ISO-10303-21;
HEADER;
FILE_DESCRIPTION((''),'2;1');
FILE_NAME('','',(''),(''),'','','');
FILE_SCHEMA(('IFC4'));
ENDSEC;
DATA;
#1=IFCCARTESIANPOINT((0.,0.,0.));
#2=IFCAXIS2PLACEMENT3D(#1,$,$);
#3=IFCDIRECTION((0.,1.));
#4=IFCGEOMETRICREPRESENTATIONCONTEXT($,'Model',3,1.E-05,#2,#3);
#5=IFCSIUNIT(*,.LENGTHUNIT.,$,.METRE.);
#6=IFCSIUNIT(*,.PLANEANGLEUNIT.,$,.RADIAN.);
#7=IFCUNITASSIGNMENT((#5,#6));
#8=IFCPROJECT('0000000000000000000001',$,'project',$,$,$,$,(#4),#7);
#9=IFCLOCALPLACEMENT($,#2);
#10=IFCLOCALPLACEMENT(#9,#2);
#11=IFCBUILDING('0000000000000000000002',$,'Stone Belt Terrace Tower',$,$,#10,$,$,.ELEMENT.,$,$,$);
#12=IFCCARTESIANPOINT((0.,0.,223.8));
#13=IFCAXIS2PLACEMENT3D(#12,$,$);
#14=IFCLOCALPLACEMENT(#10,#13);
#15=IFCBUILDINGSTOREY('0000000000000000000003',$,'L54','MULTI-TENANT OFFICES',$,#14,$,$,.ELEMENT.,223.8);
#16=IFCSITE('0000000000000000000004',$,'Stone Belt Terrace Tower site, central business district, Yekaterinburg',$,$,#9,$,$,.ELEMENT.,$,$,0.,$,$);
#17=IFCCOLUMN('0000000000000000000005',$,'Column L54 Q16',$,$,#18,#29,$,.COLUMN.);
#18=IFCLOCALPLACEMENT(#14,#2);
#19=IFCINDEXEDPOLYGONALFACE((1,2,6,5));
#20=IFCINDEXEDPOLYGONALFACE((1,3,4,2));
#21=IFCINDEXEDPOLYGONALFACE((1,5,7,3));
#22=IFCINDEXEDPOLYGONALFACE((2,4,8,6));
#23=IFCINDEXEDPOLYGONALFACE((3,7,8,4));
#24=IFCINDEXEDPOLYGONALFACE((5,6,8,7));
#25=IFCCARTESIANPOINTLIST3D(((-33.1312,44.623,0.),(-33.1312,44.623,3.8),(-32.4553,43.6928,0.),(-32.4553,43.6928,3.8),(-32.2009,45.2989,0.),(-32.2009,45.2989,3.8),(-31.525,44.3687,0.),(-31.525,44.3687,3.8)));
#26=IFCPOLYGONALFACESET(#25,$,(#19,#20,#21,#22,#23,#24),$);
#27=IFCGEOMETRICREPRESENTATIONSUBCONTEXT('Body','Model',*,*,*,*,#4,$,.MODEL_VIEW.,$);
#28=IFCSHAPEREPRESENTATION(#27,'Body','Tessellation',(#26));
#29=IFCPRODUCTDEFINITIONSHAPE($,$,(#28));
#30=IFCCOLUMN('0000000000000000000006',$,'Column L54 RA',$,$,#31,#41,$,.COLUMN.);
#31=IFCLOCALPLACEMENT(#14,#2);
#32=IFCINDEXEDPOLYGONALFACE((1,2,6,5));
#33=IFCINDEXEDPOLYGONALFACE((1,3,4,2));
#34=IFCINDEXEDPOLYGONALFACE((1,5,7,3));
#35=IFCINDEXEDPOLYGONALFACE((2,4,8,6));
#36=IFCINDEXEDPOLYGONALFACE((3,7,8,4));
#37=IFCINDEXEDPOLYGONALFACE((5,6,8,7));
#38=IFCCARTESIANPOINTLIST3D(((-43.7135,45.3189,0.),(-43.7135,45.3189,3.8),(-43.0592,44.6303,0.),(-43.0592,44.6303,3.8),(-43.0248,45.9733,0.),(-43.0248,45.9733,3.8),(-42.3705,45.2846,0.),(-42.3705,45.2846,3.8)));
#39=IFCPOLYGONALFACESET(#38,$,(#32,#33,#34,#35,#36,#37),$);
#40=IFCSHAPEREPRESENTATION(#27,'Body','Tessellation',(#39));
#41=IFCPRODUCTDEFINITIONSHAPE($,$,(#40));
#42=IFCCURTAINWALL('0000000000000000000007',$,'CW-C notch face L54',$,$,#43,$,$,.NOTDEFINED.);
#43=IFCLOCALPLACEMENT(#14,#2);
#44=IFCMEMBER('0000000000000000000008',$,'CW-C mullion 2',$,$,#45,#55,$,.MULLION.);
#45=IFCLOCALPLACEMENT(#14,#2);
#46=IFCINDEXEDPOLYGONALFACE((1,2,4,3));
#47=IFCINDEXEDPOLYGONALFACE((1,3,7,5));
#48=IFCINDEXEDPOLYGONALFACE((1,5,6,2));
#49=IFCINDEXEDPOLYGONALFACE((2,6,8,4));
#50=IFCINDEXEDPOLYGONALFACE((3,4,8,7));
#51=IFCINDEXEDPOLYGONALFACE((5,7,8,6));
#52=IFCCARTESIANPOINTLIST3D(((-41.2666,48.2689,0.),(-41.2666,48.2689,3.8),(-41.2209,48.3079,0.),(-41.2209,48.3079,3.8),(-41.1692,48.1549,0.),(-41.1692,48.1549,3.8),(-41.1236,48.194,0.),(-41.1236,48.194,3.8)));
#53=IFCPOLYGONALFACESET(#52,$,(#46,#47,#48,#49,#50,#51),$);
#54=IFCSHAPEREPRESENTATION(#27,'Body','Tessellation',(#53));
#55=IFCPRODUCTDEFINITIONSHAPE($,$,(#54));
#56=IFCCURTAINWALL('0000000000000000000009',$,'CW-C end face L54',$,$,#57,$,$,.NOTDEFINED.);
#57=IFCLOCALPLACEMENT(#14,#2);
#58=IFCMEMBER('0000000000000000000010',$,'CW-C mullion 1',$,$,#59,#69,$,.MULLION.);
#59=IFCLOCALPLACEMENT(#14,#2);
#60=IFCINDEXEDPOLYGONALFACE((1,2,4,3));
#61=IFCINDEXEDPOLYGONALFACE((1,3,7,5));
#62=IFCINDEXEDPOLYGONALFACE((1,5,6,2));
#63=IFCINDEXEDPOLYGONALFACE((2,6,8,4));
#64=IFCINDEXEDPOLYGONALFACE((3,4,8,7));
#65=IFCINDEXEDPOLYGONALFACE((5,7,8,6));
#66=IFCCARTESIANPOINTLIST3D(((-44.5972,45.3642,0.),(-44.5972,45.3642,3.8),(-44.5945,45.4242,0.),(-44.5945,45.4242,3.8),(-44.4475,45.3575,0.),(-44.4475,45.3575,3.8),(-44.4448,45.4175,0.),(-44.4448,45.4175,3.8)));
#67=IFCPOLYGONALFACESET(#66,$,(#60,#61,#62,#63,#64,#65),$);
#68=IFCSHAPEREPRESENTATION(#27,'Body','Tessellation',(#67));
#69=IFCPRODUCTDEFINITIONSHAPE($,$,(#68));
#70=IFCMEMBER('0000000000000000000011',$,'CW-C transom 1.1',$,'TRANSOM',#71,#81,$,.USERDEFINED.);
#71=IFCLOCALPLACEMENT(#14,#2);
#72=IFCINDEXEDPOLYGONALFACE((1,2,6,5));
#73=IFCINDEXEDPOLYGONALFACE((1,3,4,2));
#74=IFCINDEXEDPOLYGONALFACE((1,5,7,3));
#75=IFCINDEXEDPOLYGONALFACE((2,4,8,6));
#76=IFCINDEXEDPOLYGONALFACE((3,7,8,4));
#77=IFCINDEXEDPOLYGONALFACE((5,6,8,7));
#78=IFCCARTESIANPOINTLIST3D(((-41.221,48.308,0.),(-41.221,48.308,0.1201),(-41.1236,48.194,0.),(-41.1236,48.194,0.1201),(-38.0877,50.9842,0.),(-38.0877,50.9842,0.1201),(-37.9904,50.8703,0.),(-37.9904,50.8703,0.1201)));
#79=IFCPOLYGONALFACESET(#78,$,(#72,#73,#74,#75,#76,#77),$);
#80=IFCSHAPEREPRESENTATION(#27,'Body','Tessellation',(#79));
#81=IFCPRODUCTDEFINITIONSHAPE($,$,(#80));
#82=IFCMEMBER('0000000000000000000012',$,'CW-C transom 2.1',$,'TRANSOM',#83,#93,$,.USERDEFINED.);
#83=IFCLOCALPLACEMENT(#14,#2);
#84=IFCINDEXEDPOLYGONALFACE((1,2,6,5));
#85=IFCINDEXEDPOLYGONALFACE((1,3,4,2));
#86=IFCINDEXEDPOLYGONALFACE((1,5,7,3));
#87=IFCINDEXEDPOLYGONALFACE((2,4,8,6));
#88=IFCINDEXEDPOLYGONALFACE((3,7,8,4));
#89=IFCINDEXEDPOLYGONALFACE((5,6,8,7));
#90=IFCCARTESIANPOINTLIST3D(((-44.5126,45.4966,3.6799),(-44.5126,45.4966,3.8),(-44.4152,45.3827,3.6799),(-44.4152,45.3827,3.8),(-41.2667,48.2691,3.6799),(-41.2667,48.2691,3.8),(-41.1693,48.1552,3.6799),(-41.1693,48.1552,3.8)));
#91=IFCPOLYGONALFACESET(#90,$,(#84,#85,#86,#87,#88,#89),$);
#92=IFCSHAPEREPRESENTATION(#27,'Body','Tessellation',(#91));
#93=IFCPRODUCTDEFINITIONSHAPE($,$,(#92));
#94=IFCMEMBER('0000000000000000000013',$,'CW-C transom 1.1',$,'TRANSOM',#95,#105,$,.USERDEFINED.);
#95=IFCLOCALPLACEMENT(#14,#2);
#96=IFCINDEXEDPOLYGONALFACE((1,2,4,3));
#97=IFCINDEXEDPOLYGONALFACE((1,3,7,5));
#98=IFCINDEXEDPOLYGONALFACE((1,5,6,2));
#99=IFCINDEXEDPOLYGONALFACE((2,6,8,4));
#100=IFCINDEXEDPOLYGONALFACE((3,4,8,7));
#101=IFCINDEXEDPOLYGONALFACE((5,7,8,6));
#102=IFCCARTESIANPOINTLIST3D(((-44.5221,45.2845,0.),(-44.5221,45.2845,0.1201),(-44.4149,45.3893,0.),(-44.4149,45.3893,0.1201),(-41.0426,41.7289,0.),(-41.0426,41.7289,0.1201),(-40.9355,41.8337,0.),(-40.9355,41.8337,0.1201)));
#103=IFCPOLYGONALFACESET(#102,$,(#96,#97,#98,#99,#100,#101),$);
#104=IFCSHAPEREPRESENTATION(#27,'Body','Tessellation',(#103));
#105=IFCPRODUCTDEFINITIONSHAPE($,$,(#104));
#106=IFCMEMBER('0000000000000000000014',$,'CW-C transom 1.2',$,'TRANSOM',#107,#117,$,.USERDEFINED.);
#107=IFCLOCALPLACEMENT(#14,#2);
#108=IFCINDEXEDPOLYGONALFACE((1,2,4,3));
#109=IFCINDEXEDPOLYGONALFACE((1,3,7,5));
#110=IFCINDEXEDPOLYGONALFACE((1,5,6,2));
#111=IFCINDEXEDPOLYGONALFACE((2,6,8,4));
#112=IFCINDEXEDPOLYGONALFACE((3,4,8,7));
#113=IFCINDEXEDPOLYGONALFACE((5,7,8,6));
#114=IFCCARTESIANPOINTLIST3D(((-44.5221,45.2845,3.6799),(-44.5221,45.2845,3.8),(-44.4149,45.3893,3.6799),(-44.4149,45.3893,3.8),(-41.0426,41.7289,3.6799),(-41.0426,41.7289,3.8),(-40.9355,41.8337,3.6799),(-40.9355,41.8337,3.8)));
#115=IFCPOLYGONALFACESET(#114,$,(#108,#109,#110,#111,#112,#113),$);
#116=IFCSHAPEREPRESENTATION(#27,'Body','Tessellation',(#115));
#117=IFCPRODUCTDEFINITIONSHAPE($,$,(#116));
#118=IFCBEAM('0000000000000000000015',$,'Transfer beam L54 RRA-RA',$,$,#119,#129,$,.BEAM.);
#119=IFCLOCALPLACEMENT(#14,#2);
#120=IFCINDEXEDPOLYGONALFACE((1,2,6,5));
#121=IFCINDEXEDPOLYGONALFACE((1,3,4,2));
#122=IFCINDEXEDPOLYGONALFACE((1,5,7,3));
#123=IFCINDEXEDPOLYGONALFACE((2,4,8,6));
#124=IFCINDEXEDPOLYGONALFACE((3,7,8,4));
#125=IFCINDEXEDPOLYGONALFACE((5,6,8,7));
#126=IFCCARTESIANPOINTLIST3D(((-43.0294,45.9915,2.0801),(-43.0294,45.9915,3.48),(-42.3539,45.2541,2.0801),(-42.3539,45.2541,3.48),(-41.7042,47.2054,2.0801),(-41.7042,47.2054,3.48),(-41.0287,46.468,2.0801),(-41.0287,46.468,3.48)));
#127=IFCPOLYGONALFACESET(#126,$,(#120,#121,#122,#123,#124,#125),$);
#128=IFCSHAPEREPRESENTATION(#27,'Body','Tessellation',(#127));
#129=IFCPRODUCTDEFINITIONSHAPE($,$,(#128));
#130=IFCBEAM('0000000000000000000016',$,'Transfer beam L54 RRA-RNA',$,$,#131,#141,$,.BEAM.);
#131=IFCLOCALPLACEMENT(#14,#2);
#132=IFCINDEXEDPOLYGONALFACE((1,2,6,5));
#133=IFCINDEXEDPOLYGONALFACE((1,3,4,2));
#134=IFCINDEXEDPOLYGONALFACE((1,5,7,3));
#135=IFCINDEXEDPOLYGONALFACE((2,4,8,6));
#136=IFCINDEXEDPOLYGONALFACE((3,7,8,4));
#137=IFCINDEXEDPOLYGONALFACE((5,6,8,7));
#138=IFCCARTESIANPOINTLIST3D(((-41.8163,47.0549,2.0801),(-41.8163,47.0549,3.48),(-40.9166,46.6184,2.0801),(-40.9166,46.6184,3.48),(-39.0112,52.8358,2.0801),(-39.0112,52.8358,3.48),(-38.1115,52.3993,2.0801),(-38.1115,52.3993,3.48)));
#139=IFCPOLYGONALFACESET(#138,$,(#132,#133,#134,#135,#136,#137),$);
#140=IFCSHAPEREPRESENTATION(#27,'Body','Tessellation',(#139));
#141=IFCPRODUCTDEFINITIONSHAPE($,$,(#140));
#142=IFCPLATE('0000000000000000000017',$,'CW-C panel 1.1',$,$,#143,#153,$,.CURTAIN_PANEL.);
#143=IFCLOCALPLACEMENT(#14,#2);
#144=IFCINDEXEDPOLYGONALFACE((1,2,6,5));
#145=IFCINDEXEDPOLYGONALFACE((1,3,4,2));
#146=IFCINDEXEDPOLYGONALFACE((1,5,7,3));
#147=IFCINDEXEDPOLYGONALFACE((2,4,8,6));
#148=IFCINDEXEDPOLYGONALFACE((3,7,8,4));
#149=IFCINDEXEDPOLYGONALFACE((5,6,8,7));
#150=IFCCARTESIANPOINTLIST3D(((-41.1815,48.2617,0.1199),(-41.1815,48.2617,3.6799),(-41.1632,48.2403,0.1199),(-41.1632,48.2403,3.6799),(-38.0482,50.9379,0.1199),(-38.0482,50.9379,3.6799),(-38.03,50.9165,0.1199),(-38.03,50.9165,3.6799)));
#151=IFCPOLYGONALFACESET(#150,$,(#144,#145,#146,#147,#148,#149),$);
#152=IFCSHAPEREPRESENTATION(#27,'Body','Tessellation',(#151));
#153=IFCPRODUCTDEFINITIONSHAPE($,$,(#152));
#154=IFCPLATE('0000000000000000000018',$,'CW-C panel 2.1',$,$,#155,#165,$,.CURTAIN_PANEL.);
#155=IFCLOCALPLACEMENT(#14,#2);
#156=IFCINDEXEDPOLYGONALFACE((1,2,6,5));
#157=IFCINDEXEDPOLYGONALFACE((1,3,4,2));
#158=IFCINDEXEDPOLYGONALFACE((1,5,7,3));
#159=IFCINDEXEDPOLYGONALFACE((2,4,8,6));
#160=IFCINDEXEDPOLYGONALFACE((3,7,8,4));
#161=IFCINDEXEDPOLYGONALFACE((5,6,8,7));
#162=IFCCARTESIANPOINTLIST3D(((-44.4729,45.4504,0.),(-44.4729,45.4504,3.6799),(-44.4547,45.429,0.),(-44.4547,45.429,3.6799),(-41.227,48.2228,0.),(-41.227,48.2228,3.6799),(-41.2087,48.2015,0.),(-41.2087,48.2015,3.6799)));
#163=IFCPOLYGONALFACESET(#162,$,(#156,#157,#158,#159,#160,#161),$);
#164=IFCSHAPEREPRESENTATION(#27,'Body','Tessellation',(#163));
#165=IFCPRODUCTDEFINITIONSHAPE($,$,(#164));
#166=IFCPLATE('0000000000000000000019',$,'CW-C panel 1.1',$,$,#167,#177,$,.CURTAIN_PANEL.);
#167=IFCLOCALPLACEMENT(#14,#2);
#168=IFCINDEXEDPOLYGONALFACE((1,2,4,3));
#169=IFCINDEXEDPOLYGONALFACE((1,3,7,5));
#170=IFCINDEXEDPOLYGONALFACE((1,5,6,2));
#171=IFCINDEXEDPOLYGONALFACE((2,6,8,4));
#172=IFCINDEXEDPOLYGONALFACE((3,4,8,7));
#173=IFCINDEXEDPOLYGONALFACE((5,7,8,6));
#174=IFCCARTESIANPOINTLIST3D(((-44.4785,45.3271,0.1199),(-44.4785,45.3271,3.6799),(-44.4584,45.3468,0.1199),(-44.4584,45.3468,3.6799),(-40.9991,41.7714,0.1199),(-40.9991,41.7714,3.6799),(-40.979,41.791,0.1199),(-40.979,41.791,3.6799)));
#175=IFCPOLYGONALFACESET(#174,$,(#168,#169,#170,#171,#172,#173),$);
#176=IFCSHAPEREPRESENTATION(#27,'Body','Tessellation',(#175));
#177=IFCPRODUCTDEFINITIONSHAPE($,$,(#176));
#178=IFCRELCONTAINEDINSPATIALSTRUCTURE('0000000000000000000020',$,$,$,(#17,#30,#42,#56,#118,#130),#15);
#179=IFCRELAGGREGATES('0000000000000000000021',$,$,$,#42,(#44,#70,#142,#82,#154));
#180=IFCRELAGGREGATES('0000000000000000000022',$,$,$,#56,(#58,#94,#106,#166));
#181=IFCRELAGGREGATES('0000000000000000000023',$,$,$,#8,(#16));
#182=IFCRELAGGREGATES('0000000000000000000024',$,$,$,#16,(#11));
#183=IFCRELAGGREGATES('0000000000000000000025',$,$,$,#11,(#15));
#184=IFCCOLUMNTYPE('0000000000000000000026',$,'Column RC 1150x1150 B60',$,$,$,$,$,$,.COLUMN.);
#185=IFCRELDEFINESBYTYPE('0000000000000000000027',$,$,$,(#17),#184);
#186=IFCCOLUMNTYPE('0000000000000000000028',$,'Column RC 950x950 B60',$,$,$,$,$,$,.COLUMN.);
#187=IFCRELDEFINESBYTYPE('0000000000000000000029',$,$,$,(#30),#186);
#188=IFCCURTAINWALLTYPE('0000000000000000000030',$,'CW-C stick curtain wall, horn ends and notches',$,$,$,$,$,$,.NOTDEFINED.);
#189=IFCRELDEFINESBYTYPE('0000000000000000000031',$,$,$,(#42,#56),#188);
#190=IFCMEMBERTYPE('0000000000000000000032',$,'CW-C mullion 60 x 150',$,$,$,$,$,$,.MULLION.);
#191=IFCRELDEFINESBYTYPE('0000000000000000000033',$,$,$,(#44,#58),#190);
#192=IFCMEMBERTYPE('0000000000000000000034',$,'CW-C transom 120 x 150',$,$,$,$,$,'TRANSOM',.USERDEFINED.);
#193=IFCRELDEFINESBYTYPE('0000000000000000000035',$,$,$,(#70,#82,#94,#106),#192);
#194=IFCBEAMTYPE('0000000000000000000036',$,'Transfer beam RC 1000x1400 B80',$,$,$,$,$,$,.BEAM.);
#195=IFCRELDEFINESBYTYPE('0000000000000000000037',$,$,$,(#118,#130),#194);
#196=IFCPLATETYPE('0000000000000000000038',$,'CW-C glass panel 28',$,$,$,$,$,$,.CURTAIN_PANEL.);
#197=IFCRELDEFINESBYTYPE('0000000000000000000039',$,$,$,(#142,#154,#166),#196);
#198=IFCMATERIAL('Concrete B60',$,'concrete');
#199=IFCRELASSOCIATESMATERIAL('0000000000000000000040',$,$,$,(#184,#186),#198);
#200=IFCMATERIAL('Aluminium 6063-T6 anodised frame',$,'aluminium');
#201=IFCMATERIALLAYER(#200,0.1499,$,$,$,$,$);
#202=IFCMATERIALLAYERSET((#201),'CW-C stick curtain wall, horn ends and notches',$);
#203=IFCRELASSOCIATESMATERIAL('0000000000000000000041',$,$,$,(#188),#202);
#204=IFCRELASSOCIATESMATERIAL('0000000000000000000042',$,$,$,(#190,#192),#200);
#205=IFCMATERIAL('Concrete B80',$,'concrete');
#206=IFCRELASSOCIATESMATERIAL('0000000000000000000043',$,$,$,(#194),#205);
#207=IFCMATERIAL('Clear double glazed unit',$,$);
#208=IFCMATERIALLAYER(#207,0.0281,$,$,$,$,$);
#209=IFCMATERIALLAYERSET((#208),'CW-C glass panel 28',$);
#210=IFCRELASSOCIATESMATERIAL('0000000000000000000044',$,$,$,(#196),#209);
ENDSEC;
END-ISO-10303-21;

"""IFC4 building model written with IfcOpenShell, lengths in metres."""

from ifc_helpers import new_model, si_unit, direction, frame, origin, origin_2d, place, context, subcontext, project, spatial, rectangle, extrude, material, layer, layer_set, material_profile, profile_set, type_object, element, aggregate, save


model = new_model("IFC4")

# Units and contexts
model_context = context("Model", 3, precision=1e-05, world=origin(), true_north=direction((0.0, 1.0)))
body_context = subcontext(model_context, "Body", "Model", "MODEL_VIEW")
ifc_project = project(units=[si_unit("LENGTHUNIT", "METRE"), si_unit("PLANEANGLEUNIT", "RADIAN")], contexts=[model_context])

# Site, building, storey
site_placement = place(None, origin())
site = spatial("IfcSite", under=ifc_project, at=site_placement, Name="Stone Belt Terrace Tower site, central business district, Yekaterinburg", CompositionType="ELEMENT", RefElevation=0.0)
building_placement = place(site_placement, origin())
building = spatial("IfcBuilding", under=site, at=building_placement, Name="Stone Belt Terrace Tower", CompositionType="ELEMENT")
storey_placement = place(building_placement, frame((0.0, 0.0, 223.8)))
storey = spatial("IfcBuildingStorey", under=building, at=storey_placement, Name="L54", Description="MULTI-TENANT OFFICES", CompositionType="ELEMENT", Elevation=223.8)

# Columns
ifc_material_1 = material(Name="Concrete B60", Category="concrete")
ifc_material_profile_1 = material_profile(ifc_material_1, rectangle(XDim=1.1499, YDim=1.1499, at=origin_2d()), Name="RC 1150x1150")
ifc_profile_set_1 = profile_set([ifc_material_profile_1], Name="Concrete B60")
column_type_1 = type_object("IfcColumnType", Name="Column RC 1150x1150 B60", PredefinedType="COLUMN", material=ifc_profile_set_1)
column_1_placement = place(storey_placement, frame((-32.3281, 44.4958, 0.0), z_axis=(0.0, 0.0, 1.0), x_axis=(0.809017, 0.587785, 0.0)))
element("IfcColumn", 1, at=column_1_placement, inside=storey, type_object=column_type_1, Name="Column L54 Q16", PredefinedType="COLUMN", context=body_context, shape_type="SweptSolid", body=[
    extrude(rectangle(XDim=1.1499, YDim=1.1499, at=origin_2d()), origin(), (0.0, 0.0, 1.0), 3.8),
])
ifc_material_profile_2 = material_profile(ifc_material_1, rectangle(XDim=0.95, YDim=0.95, at=origin_2d()), Name="RC 950x950")
ifc_profile_set_2 = profile_set([ifc_material_profile_2], Name="Concrete B60")
column_type_2 = type_object("IfcColumnType", Name="Column RC 950x950 B60", PredefinedType="COLUMN", material=ifc_profile_set_2)
column_2_placement = place(storey_placement, frame((-43.042, 45.3018, 0.0), z_axis=(0.0, 0.0, 1.0), x_axis=(0.724959, 0.688792, 0.0)))
element("IfcColumn", 2, at=column_2_placement, inside=storey, type_object=column_type_2, Name="Column L54 RA", PredefinedType="COLUMN", context=body_context, shape_type="SweptSolid", body=[
    extrude(rectangle(XDim=0.95, YDim=0.95, at=origin_2d()), origin(), (0.0, 0.0, 1.0), 3.8),
])

# Curtain walls, members
ifc_material_2 = material(Name="Aluminium 6063-T6 anodised frame", Category="aluminium")
ifc_layer_1 = layer(ifc_material_2, 0.1499)
ifc_layer_set_1 = layer_set([ifc_layer_1], Name="CW-C stick curtain wall, horn ends and notches")
curtain_wall_type = type_object("IfcCurtainWallType", Name="CW-C stick curtain wall, horn ends and notches", PredefinedType="NOTDEFINED", material=ifc_layer_set_1)
curtain_wall_1_placement = place(storey_placement, origin())
curtain_wall_1 = element("IfcCurtainWall", 3, at=curtain_wall_1_placement, inside=storey, type_object=curtain_wall_type, Name="CW-C notch face L54", PredefinedType="NOTDEFINED")
ifc_material_profile_3 = material_profile(ifc_material_2, rectangle(XDim=0.1499, YDim=0.0601, at=origin_2d()), Name="Aluminium 6063-T6 60x150")
ifc_profile_set_3 = profile_set([ifc_material_profile_3], Name="Aluminium 6063-T6 anodised frame")
member_type_1 = type_object("IfcMemberType", Name="CW-C mullion 60 x 150", PredefinedType="MULLION", material=ifc_profile_set_3)
member_1_placement = place(storey_placement, frame((-41.1951, 48.2314, 0.0), z_axis=(0.0, 0.0, 1.0), x_axis=(0.649462, -0.760394, 0.0)))
member_1 = element("IfcMember", 4, at=member_1_placement, type_object=member_type_1, Name="CW-C mullion 2", PredefinedType="MULLION", context=body_context, shape_type="SweptSolid", body=[
    extrude(rectangle(XDim=0.1499, YDim=0.0601, at=origin_2d()), origin(), (0.0, 0.0, 1.0), 3.8),
])
curtain_wall_2_placement = place(storey_placement, origin())
curtain_wall_2 = element("IfcCurtainWall", 5, at=curtain_wall_2_placement, inside=storey, type_object=curtain_wall_type, Name="CW-C end face L54", PredefinedType="NOTDEFINED")
member_2_placement = place(storey_placement, frame((-44.521, 45.3909, 0.0), z_axis=(0.0, 0.0, 1.0), x_axis=(0.999002, -0.044672, 0.0)))
member_2 = element("IfcMember", 6, at=member_2_placement, type_object=member_type_1, Name="CW-C mullion 1", PredefinedType="MULLION", context=body_context, shape_type="SweptSolid", body=[
    extrude(rectangle(XDim=0.1499, YDim=0.0601, at=origin_2d()), origin(), (0.0, 0.0, 1.0), 3.8),
])

# Members
ifc_material_profile_4 = material_profile(ifc_material_2, rectangle(XDim=0.1499, YDim=0.1201, at=origin_2d()), Name="Aluminium 6063-T6 150x120")
ifc_profile_set_4 = profile_set([ifc_material_profile_4], Name="Aluminium 6063-T6 anodised frame")
member_type_2 = type_object("IfcMemberType", Name="CW-C transom 120 x 150", ElementType="TRANSOM", PredefinedType="USERDEFINED", material=ifc_profile_set_4)
member_3_placement = place(storey_placement, frame((-38.0391, 50.9272, 0.0601), z_axis=(-0.760385, -0.649473, 0.0), x_axis=(0.649473, -0.760385, 0.0)))
member_3 = element("IfcMember", 7, at=member_3_placement, type_object=member_type_2, Name="CW-C transom 1.1", ObjectType="TRANSOM", PredefinedType="USERDEFINED", context=body_context, shape_type="SweptSolid", body=[
    extrude(rectangle(XDim=0.1499, YDim=0.1201, at=origin_2d()), origin(), (0.0, 0.0, 1.0), 4.1206),
])
member_4_placement = place(storey_placement, frame((-41.218, 48.2122, 3.74), z_axis=(-0.760378, -0.649481, 0.0), x_axis=(0.649481, -0.760378, 0.0)))
member_4 = element("IfcMember", 8, at=member_4_placement, type_object=member_type_2, Name="CW-C transom 2.1", ObjectType="TRANSOM", PredefinedType="USERDEFINED", context=body_context, shape_type="SweptSolid", body=[
    extrude(rectangle(XDim=0.1499, YDim=0.1201, at=origin_2d()), origin(), (0.0, 0.0, 1.0), 4.2688),
])
member_5_placement = place(storey_placement, frame((-44.4685, 45.3369, 0.0601), z_axis=(0.69941, -0.714721, 0.0), x_axis=(0.714721, 0.69941, 0.0)))
member_5 = element("IfcMember", 9, at=member_5_placement, type_object=member_type_2, Name="CW-C transom 1.1", ObjectType="TRANSOM", PredefinedType="USERDEFINED", context=body_context, shape_type="SweptSolid", body=[
    extrude(rectangle(XDim=0.1499, YDim=0.1201, at=origin_2d()), origin(), (0.0, 0.0, 1.0), 4.9749),
])
member_6_placement = place(storey_placement, frame((-44.4685, 45.3369, 3.74), z_axis=(0.69941, -0.714721, 0.0), x_axis=(0.714721, 0.69941, 0.0)))
member_6 = element("IfcMember", 10, at=member_6_placement, type_object=member_type_2, Name="CW-C transom 1.2", ObjectType="TRANSOM", PredefinedType="USERDEFINED", context=body_context, shape_type="SweptSolid", body=[
    extrude(rectangle(XDim=0.1499, YDim=0.1201, at=origin_2d()), origin(), (0.0, 0.0, 1.0), 4.9749),
])

# Beams
ifc_material_3 = material(Name="Concrete B80", Category="concrete")
ifc_material_profile_5 = material_profile(ifc_material_3, rectangle(XDim=1.0, YDim=1.3999, at=origin_2d()), Name="RC 1000x1400")
ifc_profile_set_5 = profile_set([ifc_material_profile_5], Name="Concrete B80")
beam_type = type_object("IfcBeamType", Name="Transfer beam RC 1000x1400 B80", PredefinedType="BEAM", material=ifc_profile_set_5)
beam_1_placement = place(storey_placement, frame((-42.6917, 45.6228, 2.78), z_axis=(0.737402, 0.675454, 0.0), x_axis=(-0.675454, 0.737402, 0.0)))
element("IfcBeam", 11, at=beam_1_placement, inside=storey, type_object=beam_type, Name="Transfer beam L54 RRA-RA", PredefinedType="BEAM", context=body_context, shape_type="SweptSolid", body=[
    extrude(rectangle(XDim=1.0, YDim=1.3999, at=origin_2d()), origin(), (0.0, 0.0, 1.0), 1.7971),
])
beam_2_placement = place(storey_placement, frame((-41.3665, 46.8367, 2.78), z_axis=(0.436559, 0.899676, 0.0), x_axis=(-0.899676, 0.436559, 0.0)))
element("IfcBeam", 12, at=beam_2_placement, inside=storey, type_object=beam_type, Name="Transfer beam L54 RRA-RNA", PredefinedType="BEAM", context=body_context, shape_type="SweptSolid", body=[
    extrude(rectangle(XDim=1.0, YDim=1.3999, at=origin_2d()), origin(), (0.0, 0.0, 1.0), 6.4255),
])

# Plates
ifc_material_4 = material(Name="Clear double glazed unit")
ifc_layer_2 = layer(ifc_material_4, 0.0281)
ifc_layer_set_2 = layer_set([ifc_layer_2], Name="CW-C glass panel 28")
plate_type = type_object("IfcPlateType", Name="CW-C glass panel 28", PredefinedType="CURTAIN_PANEL", material=ifc_layer_set_2)
plate_1_placement = place(storey_placement, frame((-39.6057, 49.5891, 0.1199), z_axis=(0.0, 0.0, 1.0), x_axis=(-0.760394, -0.649462, 0.0)))
plate_1 = element("IfcPlate", 13, at=plate_1_placement, type_object=plate_type, Name="CW-C panel 1.1", PredefinedType="CURTAIN_PANEL", context=body_context, shape_type="SweptSolid", body=[
    extrude(rectangle(XDim=4.1206, YDim=0.0281, at=origin_2d()), origin(), (0.0, 0.0, 1.0), 3.5601),
])
plate_2_placement = place(storey_placement, frame((-42.8408, 46.8259, 0.0), z_axis=(0.0, 0.0, 1.0), x_axis=(-0.760394, -0.649462, 0.0)))
plate_2 = element("IfcPlate", 14, at=plate_2_placement, type_object=plate_type, Name="CW-C panel 2.1", PredefinedType="CURTAIN_PANEL", context=body_context, shape_type="SweptSolid", body=[
    extrude(rectangle(XDim=4.2688, YDim=0.0281, at=origin_2d()), origin(), (0.0, 0.0, 1.0), 3.6799),
])
aggregate(curtain_wall_1, [member_1, member_3, plate_1, member_4, plate_2])
plate_3_placement = place(storey_placement, frame((-42.7288, 43.5591, 0.1199), z_axis=(0.0, 0.0, 1.0), x_axis=(0.699391, -0.714739, 0.0)))
plate_3 = element("IfcPlate", 15, at=plate_3_placement, type_object=plate_type, Name="CW-C panel 1.1", PredefinedType="CURTAIN_PANEL", context=body_context, shape_type="SweptSolid", body=[
    extrude(rectangle(XDim=4.9749, YDim=0.0281, at=origin_2d()), origin(), (0.0, 0.0, 1.0), 3.5601),
])
aggregate(curtain_wall_2, [member_2, member_5, member_6, plate_3])

save(model, "model.ifc")
